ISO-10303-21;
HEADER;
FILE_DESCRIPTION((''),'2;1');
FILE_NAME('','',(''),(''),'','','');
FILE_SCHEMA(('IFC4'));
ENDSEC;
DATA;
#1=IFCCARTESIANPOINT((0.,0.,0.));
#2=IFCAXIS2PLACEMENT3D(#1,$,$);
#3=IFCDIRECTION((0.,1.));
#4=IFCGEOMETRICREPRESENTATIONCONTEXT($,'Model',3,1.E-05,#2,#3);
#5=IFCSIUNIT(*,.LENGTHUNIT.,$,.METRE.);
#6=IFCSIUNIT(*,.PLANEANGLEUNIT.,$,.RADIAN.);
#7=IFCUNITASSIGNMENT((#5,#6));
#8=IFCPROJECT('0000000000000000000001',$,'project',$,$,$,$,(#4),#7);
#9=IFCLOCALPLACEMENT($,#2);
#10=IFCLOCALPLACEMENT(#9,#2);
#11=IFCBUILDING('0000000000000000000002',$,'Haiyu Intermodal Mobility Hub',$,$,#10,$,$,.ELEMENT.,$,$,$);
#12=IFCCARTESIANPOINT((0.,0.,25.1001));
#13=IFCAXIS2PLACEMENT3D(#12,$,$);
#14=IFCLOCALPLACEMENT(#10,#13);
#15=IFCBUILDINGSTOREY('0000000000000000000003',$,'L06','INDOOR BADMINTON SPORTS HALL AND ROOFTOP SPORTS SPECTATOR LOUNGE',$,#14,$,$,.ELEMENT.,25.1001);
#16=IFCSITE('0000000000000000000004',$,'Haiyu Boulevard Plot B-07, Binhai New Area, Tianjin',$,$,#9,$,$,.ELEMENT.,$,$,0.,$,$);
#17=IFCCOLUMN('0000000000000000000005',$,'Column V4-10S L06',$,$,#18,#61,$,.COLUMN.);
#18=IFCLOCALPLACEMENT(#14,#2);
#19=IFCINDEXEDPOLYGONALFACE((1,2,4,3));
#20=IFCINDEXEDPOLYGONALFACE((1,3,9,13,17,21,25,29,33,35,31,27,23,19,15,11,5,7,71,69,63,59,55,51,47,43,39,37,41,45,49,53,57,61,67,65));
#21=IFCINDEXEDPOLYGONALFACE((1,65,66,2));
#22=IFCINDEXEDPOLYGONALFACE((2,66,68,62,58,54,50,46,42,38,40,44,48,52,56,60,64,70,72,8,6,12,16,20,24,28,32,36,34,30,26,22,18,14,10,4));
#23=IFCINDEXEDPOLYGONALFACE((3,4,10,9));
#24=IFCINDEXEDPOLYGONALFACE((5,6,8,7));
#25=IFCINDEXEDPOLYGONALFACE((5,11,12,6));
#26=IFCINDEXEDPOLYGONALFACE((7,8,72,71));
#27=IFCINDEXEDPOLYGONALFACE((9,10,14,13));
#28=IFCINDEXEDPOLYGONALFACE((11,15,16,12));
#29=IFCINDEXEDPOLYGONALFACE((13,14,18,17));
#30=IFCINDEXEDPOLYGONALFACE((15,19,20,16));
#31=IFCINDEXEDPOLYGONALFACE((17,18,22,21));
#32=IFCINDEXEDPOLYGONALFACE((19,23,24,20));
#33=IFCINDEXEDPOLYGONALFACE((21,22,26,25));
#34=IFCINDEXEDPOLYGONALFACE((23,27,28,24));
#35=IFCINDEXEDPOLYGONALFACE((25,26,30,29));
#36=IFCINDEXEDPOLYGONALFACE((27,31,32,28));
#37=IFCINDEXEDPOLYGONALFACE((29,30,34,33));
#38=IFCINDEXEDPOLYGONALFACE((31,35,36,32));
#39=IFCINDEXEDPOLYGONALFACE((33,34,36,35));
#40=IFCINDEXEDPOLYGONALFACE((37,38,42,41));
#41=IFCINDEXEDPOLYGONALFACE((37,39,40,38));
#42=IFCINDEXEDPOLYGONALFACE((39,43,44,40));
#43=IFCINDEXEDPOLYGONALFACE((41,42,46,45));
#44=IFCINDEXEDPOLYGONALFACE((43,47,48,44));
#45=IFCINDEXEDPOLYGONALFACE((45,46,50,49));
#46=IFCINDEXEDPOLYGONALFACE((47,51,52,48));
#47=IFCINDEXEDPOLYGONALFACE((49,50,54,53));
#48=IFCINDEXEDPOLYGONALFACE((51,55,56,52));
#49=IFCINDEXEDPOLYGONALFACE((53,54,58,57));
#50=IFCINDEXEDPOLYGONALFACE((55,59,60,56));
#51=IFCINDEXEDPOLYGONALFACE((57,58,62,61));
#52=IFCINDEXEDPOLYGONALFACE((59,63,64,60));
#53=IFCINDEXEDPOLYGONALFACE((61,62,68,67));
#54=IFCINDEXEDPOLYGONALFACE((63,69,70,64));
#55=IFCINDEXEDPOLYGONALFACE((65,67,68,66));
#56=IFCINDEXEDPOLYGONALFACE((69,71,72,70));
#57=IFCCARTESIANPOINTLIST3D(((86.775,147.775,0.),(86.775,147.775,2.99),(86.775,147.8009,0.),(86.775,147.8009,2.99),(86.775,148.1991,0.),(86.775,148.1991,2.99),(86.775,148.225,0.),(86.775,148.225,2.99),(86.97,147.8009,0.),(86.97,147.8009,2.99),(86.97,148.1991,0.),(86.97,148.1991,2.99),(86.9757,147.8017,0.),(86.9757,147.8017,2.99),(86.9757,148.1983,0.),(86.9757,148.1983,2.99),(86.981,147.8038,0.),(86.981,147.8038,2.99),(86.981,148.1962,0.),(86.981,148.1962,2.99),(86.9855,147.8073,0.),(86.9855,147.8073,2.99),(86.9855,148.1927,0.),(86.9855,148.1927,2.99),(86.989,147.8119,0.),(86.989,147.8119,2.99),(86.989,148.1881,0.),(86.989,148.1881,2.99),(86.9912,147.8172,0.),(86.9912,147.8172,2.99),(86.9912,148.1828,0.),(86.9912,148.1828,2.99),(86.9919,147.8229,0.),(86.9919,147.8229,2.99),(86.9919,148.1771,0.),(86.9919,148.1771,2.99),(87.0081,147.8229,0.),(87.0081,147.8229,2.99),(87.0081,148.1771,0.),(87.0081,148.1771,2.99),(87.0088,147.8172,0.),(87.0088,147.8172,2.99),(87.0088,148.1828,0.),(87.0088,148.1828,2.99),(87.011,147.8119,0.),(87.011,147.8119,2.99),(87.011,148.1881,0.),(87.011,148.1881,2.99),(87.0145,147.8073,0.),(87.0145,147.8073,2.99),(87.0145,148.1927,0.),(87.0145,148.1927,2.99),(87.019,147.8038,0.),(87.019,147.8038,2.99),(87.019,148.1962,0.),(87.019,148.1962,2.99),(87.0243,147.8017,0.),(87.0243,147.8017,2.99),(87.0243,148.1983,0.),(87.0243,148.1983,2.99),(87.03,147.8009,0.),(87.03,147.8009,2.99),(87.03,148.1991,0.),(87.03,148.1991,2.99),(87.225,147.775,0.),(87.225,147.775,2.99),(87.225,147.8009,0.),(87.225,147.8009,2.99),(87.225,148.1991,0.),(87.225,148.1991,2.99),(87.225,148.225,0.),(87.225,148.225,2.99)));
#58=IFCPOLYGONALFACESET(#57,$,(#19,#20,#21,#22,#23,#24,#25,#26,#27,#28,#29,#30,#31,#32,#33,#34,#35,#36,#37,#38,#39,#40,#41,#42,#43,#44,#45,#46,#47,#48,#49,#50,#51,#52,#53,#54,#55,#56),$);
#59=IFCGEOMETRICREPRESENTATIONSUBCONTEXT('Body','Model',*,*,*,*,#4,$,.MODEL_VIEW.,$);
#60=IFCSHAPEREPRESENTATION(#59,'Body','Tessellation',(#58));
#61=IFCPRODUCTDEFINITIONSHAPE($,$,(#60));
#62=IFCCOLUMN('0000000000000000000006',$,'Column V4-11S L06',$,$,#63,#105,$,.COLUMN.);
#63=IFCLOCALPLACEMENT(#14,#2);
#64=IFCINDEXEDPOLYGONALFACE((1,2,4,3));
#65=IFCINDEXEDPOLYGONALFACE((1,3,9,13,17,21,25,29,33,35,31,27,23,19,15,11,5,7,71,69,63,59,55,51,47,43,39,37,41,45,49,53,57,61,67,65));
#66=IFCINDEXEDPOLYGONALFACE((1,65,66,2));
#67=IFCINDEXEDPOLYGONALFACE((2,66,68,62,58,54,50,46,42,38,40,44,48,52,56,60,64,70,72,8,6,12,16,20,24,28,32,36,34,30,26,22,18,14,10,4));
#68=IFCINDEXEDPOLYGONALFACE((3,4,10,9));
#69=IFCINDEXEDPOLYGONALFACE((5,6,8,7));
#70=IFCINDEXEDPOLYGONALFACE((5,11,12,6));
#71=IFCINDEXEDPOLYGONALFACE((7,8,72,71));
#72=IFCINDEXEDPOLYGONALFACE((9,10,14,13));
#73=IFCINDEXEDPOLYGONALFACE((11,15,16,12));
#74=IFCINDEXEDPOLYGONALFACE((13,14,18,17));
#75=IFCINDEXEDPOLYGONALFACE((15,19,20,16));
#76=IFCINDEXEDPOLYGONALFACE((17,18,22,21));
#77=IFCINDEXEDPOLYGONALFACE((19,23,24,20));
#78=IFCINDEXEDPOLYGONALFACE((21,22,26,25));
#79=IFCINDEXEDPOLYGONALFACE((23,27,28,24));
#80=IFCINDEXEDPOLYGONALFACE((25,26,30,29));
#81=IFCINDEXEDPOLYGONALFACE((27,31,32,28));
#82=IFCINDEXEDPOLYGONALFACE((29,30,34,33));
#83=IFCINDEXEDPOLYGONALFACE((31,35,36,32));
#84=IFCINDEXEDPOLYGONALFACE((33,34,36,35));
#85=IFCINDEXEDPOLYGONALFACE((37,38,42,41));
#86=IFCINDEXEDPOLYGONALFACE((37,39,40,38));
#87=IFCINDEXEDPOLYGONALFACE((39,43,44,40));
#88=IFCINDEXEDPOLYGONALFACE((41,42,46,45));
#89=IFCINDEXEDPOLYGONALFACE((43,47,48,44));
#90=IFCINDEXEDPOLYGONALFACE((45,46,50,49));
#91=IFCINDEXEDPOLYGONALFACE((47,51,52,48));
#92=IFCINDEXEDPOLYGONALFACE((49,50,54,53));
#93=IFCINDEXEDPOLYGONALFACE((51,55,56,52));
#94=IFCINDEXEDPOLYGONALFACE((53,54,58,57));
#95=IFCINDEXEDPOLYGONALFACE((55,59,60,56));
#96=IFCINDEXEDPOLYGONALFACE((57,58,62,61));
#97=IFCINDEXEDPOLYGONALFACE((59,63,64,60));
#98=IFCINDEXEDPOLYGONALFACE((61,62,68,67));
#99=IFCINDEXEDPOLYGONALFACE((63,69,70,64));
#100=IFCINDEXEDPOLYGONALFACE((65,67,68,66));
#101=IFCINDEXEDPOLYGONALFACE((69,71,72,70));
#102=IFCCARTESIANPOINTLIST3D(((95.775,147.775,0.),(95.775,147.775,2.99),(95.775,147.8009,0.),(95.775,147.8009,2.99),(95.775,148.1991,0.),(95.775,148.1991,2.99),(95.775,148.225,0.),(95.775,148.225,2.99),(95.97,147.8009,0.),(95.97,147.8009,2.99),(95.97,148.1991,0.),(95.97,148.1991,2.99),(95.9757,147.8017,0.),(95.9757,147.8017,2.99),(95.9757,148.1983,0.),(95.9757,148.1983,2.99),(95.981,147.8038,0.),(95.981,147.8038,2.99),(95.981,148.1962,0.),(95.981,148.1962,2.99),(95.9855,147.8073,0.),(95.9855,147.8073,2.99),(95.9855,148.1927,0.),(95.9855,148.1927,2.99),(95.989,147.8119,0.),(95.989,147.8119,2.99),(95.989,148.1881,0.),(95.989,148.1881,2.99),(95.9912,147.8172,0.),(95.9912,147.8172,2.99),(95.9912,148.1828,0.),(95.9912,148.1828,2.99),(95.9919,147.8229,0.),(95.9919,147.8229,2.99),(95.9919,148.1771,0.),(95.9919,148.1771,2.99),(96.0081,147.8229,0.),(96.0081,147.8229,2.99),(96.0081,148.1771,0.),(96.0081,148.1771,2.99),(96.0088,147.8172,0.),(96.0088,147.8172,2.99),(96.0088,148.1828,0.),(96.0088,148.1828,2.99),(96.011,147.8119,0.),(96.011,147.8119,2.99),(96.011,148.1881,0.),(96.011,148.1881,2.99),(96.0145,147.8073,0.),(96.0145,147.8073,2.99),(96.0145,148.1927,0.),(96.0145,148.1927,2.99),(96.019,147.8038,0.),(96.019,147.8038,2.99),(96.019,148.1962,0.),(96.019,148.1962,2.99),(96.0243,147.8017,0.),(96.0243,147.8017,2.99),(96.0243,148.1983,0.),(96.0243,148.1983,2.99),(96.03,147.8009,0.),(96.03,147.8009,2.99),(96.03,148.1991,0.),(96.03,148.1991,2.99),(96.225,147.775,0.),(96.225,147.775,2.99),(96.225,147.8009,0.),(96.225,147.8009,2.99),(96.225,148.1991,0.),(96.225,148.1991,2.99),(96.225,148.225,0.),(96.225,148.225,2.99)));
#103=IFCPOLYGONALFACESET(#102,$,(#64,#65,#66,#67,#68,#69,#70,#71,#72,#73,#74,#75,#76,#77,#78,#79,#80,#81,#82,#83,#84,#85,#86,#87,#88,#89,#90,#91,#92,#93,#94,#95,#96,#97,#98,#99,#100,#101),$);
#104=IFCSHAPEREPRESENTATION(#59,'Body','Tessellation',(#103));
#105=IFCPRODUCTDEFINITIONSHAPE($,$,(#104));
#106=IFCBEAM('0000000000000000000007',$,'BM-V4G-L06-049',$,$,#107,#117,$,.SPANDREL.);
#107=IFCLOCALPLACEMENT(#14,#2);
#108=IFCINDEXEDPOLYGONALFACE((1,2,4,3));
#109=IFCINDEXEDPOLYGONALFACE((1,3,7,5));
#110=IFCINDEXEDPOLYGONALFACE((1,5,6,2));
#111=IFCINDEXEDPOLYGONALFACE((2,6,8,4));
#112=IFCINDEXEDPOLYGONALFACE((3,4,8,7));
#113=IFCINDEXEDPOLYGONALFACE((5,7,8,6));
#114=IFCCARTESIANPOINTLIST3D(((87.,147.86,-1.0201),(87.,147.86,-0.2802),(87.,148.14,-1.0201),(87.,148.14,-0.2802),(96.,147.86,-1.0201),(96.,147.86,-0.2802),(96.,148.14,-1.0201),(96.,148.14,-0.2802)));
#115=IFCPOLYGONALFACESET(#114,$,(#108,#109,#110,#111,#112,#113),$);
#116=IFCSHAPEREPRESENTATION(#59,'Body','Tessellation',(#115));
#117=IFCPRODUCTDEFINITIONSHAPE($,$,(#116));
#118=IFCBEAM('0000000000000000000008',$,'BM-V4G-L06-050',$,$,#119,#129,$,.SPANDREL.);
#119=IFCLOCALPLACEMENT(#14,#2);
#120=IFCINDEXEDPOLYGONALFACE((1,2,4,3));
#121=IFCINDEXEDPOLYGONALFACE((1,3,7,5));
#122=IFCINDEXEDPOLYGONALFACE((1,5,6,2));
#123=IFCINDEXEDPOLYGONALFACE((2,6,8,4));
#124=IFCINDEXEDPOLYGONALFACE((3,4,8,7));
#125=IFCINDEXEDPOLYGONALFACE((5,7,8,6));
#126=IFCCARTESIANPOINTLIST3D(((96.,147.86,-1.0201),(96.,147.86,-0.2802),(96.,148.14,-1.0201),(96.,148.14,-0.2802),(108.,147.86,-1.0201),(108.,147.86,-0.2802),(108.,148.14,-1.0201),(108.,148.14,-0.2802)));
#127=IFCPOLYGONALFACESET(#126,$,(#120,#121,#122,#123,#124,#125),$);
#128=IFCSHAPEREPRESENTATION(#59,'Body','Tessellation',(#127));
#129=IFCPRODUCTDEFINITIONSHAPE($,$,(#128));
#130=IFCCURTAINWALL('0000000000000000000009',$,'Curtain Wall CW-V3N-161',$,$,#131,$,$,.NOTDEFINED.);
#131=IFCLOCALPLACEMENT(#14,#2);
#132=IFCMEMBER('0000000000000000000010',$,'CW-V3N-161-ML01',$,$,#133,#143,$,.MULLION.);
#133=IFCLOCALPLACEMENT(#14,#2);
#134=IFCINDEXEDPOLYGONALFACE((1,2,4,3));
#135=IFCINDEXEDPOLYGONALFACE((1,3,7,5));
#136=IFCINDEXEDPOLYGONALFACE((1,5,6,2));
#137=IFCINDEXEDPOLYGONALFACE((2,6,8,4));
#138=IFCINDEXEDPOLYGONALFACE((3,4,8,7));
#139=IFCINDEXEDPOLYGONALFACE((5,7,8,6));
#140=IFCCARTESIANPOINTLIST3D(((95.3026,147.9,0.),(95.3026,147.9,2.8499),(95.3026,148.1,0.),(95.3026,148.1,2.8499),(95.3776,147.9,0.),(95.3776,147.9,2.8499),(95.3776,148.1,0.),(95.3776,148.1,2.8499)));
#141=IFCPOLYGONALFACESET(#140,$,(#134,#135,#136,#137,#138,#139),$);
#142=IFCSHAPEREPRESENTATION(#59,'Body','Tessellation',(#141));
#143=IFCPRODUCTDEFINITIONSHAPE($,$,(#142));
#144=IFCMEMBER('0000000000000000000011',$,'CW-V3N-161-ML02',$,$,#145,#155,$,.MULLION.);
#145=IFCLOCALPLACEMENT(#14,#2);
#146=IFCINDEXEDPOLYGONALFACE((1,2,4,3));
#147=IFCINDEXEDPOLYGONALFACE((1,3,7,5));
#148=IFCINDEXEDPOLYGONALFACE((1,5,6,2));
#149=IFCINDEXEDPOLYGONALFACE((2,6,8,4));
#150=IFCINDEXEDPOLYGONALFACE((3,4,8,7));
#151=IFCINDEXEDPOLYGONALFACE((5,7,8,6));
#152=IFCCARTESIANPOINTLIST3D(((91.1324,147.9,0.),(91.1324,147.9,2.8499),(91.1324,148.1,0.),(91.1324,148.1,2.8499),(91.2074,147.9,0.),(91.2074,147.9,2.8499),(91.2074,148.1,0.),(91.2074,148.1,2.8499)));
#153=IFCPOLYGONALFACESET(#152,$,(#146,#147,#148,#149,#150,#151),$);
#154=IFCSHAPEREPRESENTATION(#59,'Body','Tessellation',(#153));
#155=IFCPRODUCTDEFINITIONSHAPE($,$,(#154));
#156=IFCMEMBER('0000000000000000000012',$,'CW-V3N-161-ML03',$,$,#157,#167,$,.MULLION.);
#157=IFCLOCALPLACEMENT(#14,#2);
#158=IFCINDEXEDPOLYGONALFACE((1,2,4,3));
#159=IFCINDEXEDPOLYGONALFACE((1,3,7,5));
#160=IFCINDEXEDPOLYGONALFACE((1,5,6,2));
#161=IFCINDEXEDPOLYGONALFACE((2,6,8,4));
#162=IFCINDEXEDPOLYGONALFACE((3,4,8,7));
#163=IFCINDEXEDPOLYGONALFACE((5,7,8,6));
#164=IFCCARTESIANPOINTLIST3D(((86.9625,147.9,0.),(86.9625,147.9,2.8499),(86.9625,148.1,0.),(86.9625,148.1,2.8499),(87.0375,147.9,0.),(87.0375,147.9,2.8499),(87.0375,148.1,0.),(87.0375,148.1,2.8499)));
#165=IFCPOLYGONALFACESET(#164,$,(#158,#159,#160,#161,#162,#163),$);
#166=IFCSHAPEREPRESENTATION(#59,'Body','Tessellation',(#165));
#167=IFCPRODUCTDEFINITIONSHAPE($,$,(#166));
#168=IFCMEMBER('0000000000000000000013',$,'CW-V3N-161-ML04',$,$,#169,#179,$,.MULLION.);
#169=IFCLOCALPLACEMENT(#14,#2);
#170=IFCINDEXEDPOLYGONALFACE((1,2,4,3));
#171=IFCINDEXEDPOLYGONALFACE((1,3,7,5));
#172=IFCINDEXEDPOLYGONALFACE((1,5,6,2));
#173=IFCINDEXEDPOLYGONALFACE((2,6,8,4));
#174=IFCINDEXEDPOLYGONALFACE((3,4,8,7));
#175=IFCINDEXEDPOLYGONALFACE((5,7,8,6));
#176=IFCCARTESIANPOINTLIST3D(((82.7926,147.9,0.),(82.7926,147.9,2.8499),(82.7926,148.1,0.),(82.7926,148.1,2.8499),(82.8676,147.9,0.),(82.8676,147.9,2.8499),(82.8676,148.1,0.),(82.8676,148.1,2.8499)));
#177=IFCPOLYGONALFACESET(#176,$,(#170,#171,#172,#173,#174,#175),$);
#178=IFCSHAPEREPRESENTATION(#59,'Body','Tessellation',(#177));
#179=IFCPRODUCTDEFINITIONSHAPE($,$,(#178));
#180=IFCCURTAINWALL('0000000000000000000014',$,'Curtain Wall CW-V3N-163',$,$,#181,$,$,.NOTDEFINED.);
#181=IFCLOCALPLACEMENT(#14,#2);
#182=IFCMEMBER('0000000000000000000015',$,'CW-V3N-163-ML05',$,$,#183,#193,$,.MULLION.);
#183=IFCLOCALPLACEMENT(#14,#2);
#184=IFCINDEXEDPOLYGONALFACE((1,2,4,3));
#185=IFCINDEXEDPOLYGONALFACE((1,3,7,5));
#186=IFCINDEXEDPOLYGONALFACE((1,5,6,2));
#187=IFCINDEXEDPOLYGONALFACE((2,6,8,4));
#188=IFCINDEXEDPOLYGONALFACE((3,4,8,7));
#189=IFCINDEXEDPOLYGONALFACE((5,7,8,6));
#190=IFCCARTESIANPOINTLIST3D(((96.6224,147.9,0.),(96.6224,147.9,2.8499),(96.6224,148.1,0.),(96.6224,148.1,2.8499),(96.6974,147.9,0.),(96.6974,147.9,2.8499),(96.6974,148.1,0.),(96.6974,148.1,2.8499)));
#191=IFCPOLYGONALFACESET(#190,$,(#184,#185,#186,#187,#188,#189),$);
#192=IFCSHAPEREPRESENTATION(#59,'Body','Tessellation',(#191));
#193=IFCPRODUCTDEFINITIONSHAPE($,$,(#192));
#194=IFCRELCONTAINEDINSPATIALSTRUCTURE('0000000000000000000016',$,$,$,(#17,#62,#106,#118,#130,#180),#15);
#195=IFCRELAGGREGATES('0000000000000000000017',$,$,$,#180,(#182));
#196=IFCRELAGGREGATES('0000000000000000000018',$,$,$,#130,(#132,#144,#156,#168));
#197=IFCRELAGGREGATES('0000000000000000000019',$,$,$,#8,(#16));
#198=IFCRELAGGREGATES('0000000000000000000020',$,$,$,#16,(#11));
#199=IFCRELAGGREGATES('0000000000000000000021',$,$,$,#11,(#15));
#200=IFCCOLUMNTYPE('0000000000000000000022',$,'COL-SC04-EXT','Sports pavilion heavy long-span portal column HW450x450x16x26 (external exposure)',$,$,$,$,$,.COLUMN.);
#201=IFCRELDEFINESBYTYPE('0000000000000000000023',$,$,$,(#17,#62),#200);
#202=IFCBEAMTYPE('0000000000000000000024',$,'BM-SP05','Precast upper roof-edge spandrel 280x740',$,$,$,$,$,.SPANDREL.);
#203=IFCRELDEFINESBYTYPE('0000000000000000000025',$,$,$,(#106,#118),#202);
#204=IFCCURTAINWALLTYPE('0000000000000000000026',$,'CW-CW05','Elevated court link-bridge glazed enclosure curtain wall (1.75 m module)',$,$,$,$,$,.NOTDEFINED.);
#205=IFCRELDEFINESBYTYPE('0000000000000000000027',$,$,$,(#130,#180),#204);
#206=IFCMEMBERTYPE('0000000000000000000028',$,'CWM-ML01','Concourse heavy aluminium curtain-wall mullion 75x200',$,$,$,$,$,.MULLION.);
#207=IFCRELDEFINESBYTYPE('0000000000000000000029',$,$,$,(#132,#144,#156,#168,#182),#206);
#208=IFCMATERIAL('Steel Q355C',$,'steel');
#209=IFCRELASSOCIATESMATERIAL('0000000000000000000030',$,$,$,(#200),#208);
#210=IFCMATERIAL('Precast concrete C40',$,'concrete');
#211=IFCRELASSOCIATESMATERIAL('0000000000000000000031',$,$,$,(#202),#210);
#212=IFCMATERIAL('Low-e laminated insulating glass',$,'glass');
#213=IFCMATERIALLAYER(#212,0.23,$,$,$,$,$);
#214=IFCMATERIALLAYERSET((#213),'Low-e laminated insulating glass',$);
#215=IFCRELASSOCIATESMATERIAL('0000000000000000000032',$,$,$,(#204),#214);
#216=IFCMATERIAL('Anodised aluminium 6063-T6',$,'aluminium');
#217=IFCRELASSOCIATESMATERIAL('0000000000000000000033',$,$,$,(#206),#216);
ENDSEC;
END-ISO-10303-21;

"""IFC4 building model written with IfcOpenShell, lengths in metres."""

from ifc_helpers import new_model, si_unit, direction, frame, origin, origin_2d, place, context, subcontext, project, spatial, rectangle, i_section, extrude, material, layer, layer_set, material_profile, profile_set, type_object, element, aggregate, save


model = new_model("IFC4")

# Units and contexts
model_context = context("Model", 3, precision=1e-05, world=origin(), true_north=direction((0.0, 1.0)))
body_context = subcontext(model_context, "Body", "Model", "MODEL_VIEW")
ifc_project = project(units=[si_unit("LENGTHUNIT", "METRE"), si_unit("PLANEANGLEUNIT", "RADIAN")], contexts=[model_context])

# Site, building, storey
site_placement = place(None, origin())
site = spatial("IfcSite", under=ifc_project, at=site_placement, Name="Haiyu Boulevard Plot B-07, Binhai New Area, Tianjin", CompositionType="ELEMENT", RefElevation=0.0)
building_placement = place(site_placement, origin())
building = spatial("IfcBuilding", under=site, at=building_placement, Name="Haiyu Intermodal Mobility Hub", CompositionType="ELEMENT")
storey_placement = place(building_placement, frame((0.0, 0.0, 25.1001)))
storey = spatial("IfcBuildingStorey", under=building, at=storey_placement, Name="L06", Description="INDOOR BADMINTON SPORTS HALL AND ROOFTOP SPORTS SPECTATOR LOUNGE", CompositionType="ELEMENT", Elevation=25.1001)

# Columns
ifc_material_1 = material(Name="Steel Q355C", Category="steel")
ifc_material_profile_1 = material_profile(ifc_material_1, i_section(OverallWidth=0.45, OverallDepth=0.45, WebThickness=0.0161, FlangeThickness=0.0259, FilletRadius=0.022, at=origin_2d()), Name="HW450x450x16x26")
ifc_profile_set_1 = profile_set([ifc_material_profile_1], Name="Steel Q355C")
column_type = type_object("IfcColumnType", Name="COL-SC04-EXT", Description="Sports pavilion heavy long-span portal column HW450x450x16x26 (external exposure)", PredefinedType="COLUMN", material=ifc_profile_set_1)
for number, where, z_axis, x_axis, name in (
    (1, (87.0, 148.0, 0.0), (0.0, 0.0, 1.0), (1.0, 0.0, 0.0), "Column V4-10S L06"),
    (2, (96.0, 148.0, 0.0), (0.0, 0.0, 1.0), (1.0, 0.0, 0.0), "Column V4-11S L06"),
):
    element("IfcColumn", number, at=place(storey_placement, frame(where, z_axis=z_axis, x_axis=x_axis)), inside=storey, type_object=column_type, Name=name, PredefinedType="COLUMN", context=body_context, shape_type="SweptSolid", body=[
        extrude(i_section(OverallWidth=0.45, OverallDepth=0.45, WebThickness=0.0161, FlangeThickness=0.0259, FilletRadius=0.022, at=origin_2d()), origin(), (0.0, 0.0, 1.0), 2.99),
    ])

# Beams
ifc_material_2 = material(Name="Precast concrete C40", Category="concrete")
ifc_material_profile_2 = material_profile(ifc_material_2, rectangle(XDim=0.28, YDim=0.74, at=origin_2d()), Name="B280x740")
ifc_profile_set_2 = profile_set([ifc_material_profile_2], Name="Precast concrete C40")
beam_type = type_object("IfcBeamType", Name="BM-SP05", Description="Precast upper roof-edge spandrel 280x740", PredefinedType="SPANDREL", material=ifc_profile_set_2)
beam_1_placement = place(storey_placement, frame((87.0, 148.0, -0.6501), z_axis=(1.0, 0.0, 0.0), x_axis=(0.0, 1.0, 0.0)))
element("IfcBeam", 3, at=beam_1_placement, inside=storey, type_object=beam_type, Name="BM-V4G-L06-049", PredefinedType="SPANDREL", context=body_context, shape_type="SweptSolid", body=[
    extrude(rectangle(XDim=0.28, YDim=0.74, at=origin_2d()), origin(), (0.0, 0.0, 1.0), 9.0),
])
beam_2_placement = place(storey_placement, frame((96.0, 148.0, -0.6501), z_axis=(1.0, 0.0, 0.0), x_axis=(0.0, 1.0, 0.0)))
element("IfcBeam", 4, at=beam_2_placement, inside=storey, type_object=beam_type, Name="BM-V4G-L06-050", PredefinedType="SPANDREL", context=body_context, shape_type="SweptSolid", body=[
    extrude(rectangle(XDim=0.28, YDim=0.74, at=origin_2d()), origin(), (0.0, 0.0, 1.0), 12.0),
])

# Curtain wall, members
ifc_material_3 = material(Name="Low-e laminated insulating glass", Category="glass")
ifc_layer_1 = layer(ifc_material_3, 0.23)
ifc_layer_set_1 = layer_set([ifc_layer_1], Name="Low-e laminated insulating glass")
curtain_wall_type = type_object("IfcCurtainWallType", Name="CW-CW05", Description="Elevated court link-bridge glazed enclosure curtain wall (1.75 m module)", PredefinedType="NOTDEFINED", material=ifc_layer_set_1)
curtain_wall_1_placement = place(storey_placement, origin())
curtain_wall_1 = element("IfcCurtainWall", 5, at=curtain_wall_1_placement, inside=storey, type_object=curtain_wall_type, Name="Curtain Wall CW-V3N-161", PredefinedType="NOTDEFINED")
ifc_material_4 = material(Name="Anodised aluminium 6063-T6", Category="aluminium")
ifc_material_profile_3 = material_profile(ifc_material_4, rectangle(XDim=0.075, YDim=0.2, at=origin_2d()), Name="ALU75x200")
ifc_profile_set_3 = profile_set([ifc_material_profile_3], Name="Anodised aluminium 6063-T6")
member_type_1 = type_object("IfcMemberType", Name="CWM-ML01", Description="Concourse heavy aluminium curtain-wall mullion 75x200", PredefinedType="MULLION", material=ifc_profile_set_3)
member_1_placement = place(storey_placement, frame((95.3401, 148.0, 0.0), z_axis=(0.0, 0.0, 1.0), x_axis=(1.0, 0.0, 0.0)))
member_1 = element("IfcMember", 6, at=member_1_placement, type_object=member_type_1, Name="CW-V3N-161-ML01", PredefinedType="MULLION", context=body_context, shape_type="SweptSolid", body=[
    extrude(rectangle(XDim=0.075, YDim=0.2, at=origin_2d()), origin(), (0.0, 0.0, 1.0), 2.8499),
])
member_2_placement = place(storey_placement, frame((91.1699, 148.0, 0.0), z_axis=(0.0, 0.0, 1.0), x_axis=(1.0, 0.0, 0.0)))
member_2 = element("IfcMember", 7, at=member_2_placement, type_object=member_type_1, Name="CW-V3N-161-ML02", PredefinedType="MULLION", context=body_context, shape_type="SweptSolid", body=[
    extrude(rectangle(XDim=0.075, YDim=0.2, at=origin_2d()), origin(), (0.0, 0.0, 1.0), 2.8499),
])
member_3_placement = place(storey_placement, frame((87.0, 148.0, 0.0), z_axis=(0.0, 0.0, 1.0), x_axis=(1.0, 0.0, 0.0)))
member_3 = element("IfcMember", 8, at=member_3_placement, type_object=member_type_1, Name="CW-V3N-161-ML03", PredefinedType="MULLION", context=body_context, shape_type="SweptSolid", body=[
    extrude(rectangle(XDim=0.075, YDim=0.2, at=origin_2d()), origin(), (0.0, 0.0, 1.0), 2.8499),
])
member_4_placement = place(storey_placement, frame((82.8301, 148.0, 0.0), z_axis=(0.0, 0.0, 1.0), x_axis=(1.0, 0.0, 0.0)))
member_4 = element("IfcMember", 9, at=member_4_placement, type_object=member_type_1, Name="CW-V3N-161-ML04", PredefinedType="MULLION", context=body_context, shape_type="SweptSolid", body=[
    extrude(rectangle(XDim=0.075, YDim=0.2, at=origin_2d()), origin(), (0.0, 0.0, 1.0), 2.8499),
])

# Curtain wall, member
curtain_wall_2_placement = place(storey_placement, origin())
curtain_wall_2 = element("IfcCurtainWall", 10, at=curtain_wall_2_placement, inside=storey, type_object=curtain_wall_type, Name="Curtain Wall CW-V3N-163", PredefinedType="NOTDEFINED")
member_5_placement = place(storey_placement, frame((96.6599, 148.0, 0.0), z_axis=(0.0, 0.0, 1.0), x_axis=(1.0, 0.0, 0.0)))
member_5 = element("IfcMember", 11, at=member_5_placement, type_object=member_type_1, Name="CW-V3N-163-ML05", PredefinedType="MULLION", context=body_context, shape_type="SweptSolid", body=[
    extrude(rectangle(XDim=0.075, YDim=0.2, at=origin_2d()), origin(), (0.0, 0.0, 1.0), 2.8499),
])
aggregate(curtain_wall_2, [member_5])

aggregate(curtain_wall_1, [member_1, member_2, member_3, member_4])

save(model, "model.ifc")
